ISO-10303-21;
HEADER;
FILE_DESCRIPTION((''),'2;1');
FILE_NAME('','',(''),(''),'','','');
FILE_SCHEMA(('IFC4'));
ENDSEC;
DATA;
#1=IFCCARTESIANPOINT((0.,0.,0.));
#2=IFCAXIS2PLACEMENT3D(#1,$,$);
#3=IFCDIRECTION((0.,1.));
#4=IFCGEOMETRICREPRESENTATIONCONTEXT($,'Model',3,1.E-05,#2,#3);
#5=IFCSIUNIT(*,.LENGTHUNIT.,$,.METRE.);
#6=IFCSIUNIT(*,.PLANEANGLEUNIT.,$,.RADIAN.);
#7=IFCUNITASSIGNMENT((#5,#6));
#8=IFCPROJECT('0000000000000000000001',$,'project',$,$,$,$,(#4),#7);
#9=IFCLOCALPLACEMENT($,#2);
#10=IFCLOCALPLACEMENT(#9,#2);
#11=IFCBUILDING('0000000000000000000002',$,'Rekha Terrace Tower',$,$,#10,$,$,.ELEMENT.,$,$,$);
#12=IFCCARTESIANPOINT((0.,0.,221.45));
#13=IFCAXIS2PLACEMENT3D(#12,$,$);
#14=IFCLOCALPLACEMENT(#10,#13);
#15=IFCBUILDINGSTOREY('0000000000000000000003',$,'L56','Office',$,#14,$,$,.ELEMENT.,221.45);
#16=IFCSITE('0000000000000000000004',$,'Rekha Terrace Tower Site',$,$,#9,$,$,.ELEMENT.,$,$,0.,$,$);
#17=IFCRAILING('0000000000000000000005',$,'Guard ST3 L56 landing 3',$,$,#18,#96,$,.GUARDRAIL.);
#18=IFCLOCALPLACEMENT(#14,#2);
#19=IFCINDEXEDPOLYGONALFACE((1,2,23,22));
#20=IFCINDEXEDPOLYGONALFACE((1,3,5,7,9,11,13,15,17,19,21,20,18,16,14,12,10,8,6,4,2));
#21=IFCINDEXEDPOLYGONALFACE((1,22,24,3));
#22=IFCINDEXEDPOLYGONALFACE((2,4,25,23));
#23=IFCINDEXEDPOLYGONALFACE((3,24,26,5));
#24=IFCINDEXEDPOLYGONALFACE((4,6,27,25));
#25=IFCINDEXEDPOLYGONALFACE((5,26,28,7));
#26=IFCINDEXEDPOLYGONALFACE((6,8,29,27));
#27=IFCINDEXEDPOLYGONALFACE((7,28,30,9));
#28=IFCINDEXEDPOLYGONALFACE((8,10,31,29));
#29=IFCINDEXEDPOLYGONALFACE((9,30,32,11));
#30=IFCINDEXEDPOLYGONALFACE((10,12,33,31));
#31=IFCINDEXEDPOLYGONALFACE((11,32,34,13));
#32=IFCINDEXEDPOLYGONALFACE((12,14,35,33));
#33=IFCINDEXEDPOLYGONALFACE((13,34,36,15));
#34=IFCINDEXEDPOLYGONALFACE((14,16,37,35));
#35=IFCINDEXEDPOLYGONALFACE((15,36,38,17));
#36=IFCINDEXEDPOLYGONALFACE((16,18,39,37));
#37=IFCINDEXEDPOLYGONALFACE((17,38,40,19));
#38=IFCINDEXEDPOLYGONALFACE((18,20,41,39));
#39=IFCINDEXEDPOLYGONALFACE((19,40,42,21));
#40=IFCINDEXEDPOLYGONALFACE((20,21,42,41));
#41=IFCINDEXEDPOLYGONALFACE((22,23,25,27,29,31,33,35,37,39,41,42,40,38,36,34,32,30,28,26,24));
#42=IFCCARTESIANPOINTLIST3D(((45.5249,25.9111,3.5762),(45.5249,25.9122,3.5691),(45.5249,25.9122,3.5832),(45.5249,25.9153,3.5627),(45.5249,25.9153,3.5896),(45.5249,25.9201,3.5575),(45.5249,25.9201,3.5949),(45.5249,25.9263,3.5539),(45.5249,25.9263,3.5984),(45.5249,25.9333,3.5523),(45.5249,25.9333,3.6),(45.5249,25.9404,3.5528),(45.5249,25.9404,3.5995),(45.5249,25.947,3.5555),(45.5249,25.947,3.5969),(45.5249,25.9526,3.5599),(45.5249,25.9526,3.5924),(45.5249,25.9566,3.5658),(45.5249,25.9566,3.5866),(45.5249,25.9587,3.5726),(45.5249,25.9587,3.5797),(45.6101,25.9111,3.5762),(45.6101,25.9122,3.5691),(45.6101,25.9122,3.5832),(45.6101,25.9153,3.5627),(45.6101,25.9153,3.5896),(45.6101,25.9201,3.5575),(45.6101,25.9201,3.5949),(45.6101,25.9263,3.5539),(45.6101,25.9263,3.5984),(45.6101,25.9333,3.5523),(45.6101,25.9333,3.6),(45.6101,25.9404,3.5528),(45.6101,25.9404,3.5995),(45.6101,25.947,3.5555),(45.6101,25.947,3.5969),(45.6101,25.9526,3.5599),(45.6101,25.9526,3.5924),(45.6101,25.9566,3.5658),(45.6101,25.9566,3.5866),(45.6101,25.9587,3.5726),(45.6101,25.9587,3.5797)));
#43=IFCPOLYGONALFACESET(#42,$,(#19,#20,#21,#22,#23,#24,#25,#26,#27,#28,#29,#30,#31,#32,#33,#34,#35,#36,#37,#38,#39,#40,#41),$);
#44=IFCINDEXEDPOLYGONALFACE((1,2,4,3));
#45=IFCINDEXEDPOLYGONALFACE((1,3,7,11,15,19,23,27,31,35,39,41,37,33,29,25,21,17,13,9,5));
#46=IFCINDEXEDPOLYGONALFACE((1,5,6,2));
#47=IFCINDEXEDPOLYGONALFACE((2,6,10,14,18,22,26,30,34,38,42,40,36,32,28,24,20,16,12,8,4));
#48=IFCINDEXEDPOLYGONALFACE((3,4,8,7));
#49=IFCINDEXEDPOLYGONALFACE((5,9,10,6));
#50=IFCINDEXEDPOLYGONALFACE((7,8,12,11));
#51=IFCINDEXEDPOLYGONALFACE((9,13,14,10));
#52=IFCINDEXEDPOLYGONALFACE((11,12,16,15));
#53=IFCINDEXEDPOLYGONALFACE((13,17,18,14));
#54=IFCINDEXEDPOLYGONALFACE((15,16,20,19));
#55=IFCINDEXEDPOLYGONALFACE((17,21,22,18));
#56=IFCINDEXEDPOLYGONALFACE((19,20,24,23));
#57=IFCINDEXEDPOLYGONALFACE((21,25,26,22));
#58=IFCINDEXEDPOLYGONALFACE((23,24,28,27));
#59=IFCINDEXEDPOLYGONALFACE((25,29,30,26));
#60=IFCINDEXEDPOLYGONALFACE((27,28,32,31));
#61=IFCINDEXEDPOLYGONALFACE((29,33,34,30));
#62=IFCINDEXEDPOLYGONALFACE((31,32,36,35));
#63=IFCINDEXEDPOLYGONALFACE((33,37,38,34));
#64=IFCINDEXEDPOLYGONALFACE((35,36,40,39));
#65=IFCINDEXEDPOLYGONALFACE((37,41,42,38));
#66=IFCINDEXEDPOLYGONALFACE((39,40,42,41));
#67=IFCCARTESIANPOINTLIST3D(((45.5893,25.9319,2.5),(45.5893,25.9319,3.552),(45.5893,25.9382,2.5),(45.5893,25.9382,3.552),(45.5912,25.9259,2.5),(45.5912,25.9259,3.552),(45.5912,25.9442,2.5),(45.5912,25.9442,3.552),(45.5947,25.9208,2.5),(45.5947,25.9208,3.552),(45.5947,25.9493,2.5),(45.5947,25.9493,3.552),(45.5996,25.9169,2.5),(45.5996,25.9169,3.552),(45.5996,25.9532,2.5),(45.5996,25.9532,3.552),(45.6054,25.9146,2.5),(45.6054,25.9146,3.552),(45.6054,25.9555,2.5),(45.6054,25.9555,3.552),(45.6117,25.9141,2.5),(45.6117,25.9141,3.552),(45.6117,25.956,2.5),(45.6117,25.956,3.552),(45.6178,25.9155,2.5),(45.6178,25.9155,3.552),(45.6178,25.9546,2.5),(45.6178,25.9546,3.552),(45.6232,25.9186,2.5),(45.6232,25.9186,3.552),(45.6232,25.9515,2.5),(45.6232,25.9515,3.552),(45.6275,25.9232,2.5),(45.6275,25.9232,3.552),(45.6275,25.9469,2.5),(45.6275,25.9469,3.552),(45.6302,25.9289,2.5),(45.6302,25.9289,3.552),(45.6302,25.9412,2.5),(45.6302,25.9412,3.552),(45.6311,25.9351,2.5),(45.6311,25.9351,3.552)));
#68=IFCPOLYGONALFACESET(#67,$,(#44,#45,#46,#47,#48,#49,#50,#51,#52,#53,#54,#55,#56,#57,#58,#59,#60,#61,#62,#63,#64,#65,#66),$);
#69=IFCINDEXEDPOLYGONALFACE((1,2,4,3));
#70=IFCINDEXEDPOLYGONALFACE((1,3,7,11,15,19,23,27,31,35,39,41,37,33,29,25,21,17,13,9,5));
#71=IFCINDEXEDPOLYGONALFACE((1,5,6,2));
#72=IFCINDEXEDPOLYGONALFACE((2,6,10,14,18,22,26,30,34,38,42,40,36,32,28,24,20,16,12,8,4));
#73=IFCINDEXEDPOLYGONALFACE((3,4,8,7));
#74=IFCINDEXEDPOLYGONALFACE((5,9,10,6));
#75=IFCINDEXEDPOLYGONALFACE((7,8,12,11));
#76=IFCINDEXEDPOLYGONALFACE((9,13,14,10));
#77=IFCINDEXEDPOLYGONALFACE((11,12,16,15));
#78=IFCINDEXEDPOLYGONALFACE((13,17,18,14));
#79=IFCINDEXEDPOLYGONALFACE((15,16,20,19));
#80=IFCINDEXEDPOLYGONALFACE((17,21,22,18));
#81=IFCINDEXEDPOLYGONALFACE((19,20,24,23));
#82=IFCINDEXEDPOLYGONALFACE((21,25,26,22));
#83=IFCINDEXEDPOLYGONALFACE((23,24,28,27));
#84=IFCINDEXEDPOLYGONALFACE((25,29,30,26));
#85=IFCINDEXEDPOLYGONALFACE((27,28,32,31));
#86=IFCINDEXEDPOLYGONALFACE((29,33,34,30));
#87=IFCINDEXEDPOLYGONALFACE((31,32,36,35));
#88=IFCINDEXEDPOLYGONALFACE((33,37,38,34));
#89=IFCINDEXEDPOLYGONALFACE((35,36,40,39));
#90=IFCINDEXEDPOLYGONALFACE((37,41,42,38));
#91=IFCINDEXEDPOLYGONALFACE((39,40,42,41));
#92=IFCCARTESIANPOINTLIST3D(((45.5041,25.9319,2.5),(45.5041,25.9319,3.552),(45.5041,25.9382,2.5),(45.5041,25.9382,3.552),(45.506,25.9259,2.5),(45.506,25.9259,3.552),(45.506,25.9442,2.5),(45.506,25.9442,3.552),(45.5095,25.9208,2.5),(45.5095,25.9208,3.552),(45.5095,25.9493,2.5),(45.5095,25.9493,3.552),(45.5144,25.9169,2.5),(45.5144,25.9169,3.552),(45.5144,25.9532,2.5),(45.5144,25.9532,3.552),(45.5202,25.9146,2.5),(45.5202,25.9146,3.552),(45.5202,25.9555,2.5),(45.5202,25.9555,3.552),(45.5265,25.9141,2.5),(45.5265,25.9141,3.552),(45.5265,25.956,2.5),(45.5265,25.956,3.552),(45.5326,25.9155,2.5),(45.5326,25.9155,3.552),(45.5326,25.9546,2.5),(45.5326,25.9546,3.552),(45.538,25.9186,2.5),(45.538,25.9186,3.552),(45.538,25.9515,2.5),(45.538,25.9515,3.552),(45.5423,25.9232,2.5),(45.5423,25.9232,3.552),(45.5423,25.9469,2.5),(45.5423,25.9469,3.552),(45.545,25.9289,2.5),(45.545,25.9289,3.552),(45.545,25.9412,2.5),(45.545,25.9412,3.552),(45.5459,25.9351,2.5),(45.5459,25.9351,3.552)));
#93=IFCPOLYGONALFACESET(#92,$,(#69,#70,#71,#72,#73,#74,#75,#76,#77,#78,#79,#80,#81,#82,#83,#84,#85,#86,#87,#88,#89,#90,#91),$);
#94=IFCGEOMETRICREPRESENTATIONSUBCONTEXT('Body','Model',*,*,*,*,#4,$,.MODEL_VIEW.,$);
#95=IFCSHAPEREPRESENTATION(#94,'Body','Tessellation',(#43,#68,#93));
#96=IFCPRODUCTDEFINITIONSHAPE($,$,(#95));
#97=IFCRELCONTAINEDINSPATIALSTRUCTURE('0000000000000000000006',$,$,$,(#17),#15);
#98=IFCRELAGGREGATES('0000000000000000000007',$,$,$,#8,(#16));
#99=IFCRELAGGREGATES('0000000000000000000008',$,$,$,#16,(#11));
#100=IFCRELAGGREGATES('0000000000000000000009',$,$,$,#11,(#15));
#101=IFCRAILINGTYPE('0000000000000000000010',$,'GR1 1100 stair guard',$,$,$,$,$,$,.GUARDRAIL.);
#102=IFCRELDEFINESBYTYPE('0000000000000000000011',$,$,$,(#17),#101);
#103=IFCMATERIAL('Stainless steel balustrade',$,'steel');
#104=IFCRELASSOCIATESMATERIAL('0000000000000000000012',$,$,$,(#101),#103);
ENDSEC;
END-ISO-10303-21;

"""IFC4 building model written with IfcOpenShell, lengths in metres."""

from ifc_helpers import new_model, si_unit, direction, frame, origin, origin_2d, place, context, subcontext, project, spatial, circle, extrude, material, type_object, element, save


model = new_model("IFC4")

# Units and contexts
model_context = context("Model", 3, precision=1e-05, world=origin(), true_north=direction((0.0, 1.0)))
body_context = subcontext(model_context, "Body", "Model", "MODEL_VIEW")
ifc_project = project(units=[si_unit("LENGTHUNIT", "METRE"), si_unit("PLANEANGLEUNIT", "RADIAN")], contexts=[model_context])

# Site, building, storey
site_placement = place(None, origin())
site = spatial("IfcSite", under=ifc_project, at=site_placement, Name="Rekha Terrace Tower Site", CompositionType="ELEMENT", RefElevation=0.0)
building_placement = place(site_placement, origin())
building = spatial("IfcBuilding", under=site, at=building_placement, Name="Rekha Terrace Tower", CompositionType="ELEMENT")
storey_placement = place(building_placement, frame((0.0, 0.0, 221.45)))
storey = spatial("IfcBuildingStorey", under=building, at=storey_placement, Name="L56", Description="Office", CompositionType="ELEMENT", Elevation=221.45)

# Railing
ifc_material_1 = material(Name="Stainless steel balustrade", Category="steel")
railing_type_1 = type_object("IfcRailingType", Name="GR1 1100 stair guard", PredefinedType="GUARDRAIL", material=ifc_material_1)
railing_1_placement = place(storey_placement, frame((45.6101, 25.9351, 2.5)))
element("IfcRailing", 1, at=railing_1_placement, inside=storey, type_object=railing_type_1, Name="Guard ST3 L56 landing 3", PredefinedType="GUARDRAIL", context=body_context, shape_type="SweptSolid", body=[
    extrude(circle(Radius=0.0239, at=origin_2d()), frame((0.0, 0.0, 1.0762), z_axis=(-1.0, 0.0, 0.0), x_axis=(0.0, -1.0, 0.0)), (0.0, 0.0, 1.0), 0.0852),
    extrude(circle(Radius=0.021, at=origin_2d()), origin(), (0.0, 0.0, 1.0), 1.052),
    extrude(circle(Radius=0.021, at=origin_2d()), frame((-0.0852, 0.0, 0.0)), (0.0, 0.0, 1.0), 1.052),
])

save(model, "model.ifc")
